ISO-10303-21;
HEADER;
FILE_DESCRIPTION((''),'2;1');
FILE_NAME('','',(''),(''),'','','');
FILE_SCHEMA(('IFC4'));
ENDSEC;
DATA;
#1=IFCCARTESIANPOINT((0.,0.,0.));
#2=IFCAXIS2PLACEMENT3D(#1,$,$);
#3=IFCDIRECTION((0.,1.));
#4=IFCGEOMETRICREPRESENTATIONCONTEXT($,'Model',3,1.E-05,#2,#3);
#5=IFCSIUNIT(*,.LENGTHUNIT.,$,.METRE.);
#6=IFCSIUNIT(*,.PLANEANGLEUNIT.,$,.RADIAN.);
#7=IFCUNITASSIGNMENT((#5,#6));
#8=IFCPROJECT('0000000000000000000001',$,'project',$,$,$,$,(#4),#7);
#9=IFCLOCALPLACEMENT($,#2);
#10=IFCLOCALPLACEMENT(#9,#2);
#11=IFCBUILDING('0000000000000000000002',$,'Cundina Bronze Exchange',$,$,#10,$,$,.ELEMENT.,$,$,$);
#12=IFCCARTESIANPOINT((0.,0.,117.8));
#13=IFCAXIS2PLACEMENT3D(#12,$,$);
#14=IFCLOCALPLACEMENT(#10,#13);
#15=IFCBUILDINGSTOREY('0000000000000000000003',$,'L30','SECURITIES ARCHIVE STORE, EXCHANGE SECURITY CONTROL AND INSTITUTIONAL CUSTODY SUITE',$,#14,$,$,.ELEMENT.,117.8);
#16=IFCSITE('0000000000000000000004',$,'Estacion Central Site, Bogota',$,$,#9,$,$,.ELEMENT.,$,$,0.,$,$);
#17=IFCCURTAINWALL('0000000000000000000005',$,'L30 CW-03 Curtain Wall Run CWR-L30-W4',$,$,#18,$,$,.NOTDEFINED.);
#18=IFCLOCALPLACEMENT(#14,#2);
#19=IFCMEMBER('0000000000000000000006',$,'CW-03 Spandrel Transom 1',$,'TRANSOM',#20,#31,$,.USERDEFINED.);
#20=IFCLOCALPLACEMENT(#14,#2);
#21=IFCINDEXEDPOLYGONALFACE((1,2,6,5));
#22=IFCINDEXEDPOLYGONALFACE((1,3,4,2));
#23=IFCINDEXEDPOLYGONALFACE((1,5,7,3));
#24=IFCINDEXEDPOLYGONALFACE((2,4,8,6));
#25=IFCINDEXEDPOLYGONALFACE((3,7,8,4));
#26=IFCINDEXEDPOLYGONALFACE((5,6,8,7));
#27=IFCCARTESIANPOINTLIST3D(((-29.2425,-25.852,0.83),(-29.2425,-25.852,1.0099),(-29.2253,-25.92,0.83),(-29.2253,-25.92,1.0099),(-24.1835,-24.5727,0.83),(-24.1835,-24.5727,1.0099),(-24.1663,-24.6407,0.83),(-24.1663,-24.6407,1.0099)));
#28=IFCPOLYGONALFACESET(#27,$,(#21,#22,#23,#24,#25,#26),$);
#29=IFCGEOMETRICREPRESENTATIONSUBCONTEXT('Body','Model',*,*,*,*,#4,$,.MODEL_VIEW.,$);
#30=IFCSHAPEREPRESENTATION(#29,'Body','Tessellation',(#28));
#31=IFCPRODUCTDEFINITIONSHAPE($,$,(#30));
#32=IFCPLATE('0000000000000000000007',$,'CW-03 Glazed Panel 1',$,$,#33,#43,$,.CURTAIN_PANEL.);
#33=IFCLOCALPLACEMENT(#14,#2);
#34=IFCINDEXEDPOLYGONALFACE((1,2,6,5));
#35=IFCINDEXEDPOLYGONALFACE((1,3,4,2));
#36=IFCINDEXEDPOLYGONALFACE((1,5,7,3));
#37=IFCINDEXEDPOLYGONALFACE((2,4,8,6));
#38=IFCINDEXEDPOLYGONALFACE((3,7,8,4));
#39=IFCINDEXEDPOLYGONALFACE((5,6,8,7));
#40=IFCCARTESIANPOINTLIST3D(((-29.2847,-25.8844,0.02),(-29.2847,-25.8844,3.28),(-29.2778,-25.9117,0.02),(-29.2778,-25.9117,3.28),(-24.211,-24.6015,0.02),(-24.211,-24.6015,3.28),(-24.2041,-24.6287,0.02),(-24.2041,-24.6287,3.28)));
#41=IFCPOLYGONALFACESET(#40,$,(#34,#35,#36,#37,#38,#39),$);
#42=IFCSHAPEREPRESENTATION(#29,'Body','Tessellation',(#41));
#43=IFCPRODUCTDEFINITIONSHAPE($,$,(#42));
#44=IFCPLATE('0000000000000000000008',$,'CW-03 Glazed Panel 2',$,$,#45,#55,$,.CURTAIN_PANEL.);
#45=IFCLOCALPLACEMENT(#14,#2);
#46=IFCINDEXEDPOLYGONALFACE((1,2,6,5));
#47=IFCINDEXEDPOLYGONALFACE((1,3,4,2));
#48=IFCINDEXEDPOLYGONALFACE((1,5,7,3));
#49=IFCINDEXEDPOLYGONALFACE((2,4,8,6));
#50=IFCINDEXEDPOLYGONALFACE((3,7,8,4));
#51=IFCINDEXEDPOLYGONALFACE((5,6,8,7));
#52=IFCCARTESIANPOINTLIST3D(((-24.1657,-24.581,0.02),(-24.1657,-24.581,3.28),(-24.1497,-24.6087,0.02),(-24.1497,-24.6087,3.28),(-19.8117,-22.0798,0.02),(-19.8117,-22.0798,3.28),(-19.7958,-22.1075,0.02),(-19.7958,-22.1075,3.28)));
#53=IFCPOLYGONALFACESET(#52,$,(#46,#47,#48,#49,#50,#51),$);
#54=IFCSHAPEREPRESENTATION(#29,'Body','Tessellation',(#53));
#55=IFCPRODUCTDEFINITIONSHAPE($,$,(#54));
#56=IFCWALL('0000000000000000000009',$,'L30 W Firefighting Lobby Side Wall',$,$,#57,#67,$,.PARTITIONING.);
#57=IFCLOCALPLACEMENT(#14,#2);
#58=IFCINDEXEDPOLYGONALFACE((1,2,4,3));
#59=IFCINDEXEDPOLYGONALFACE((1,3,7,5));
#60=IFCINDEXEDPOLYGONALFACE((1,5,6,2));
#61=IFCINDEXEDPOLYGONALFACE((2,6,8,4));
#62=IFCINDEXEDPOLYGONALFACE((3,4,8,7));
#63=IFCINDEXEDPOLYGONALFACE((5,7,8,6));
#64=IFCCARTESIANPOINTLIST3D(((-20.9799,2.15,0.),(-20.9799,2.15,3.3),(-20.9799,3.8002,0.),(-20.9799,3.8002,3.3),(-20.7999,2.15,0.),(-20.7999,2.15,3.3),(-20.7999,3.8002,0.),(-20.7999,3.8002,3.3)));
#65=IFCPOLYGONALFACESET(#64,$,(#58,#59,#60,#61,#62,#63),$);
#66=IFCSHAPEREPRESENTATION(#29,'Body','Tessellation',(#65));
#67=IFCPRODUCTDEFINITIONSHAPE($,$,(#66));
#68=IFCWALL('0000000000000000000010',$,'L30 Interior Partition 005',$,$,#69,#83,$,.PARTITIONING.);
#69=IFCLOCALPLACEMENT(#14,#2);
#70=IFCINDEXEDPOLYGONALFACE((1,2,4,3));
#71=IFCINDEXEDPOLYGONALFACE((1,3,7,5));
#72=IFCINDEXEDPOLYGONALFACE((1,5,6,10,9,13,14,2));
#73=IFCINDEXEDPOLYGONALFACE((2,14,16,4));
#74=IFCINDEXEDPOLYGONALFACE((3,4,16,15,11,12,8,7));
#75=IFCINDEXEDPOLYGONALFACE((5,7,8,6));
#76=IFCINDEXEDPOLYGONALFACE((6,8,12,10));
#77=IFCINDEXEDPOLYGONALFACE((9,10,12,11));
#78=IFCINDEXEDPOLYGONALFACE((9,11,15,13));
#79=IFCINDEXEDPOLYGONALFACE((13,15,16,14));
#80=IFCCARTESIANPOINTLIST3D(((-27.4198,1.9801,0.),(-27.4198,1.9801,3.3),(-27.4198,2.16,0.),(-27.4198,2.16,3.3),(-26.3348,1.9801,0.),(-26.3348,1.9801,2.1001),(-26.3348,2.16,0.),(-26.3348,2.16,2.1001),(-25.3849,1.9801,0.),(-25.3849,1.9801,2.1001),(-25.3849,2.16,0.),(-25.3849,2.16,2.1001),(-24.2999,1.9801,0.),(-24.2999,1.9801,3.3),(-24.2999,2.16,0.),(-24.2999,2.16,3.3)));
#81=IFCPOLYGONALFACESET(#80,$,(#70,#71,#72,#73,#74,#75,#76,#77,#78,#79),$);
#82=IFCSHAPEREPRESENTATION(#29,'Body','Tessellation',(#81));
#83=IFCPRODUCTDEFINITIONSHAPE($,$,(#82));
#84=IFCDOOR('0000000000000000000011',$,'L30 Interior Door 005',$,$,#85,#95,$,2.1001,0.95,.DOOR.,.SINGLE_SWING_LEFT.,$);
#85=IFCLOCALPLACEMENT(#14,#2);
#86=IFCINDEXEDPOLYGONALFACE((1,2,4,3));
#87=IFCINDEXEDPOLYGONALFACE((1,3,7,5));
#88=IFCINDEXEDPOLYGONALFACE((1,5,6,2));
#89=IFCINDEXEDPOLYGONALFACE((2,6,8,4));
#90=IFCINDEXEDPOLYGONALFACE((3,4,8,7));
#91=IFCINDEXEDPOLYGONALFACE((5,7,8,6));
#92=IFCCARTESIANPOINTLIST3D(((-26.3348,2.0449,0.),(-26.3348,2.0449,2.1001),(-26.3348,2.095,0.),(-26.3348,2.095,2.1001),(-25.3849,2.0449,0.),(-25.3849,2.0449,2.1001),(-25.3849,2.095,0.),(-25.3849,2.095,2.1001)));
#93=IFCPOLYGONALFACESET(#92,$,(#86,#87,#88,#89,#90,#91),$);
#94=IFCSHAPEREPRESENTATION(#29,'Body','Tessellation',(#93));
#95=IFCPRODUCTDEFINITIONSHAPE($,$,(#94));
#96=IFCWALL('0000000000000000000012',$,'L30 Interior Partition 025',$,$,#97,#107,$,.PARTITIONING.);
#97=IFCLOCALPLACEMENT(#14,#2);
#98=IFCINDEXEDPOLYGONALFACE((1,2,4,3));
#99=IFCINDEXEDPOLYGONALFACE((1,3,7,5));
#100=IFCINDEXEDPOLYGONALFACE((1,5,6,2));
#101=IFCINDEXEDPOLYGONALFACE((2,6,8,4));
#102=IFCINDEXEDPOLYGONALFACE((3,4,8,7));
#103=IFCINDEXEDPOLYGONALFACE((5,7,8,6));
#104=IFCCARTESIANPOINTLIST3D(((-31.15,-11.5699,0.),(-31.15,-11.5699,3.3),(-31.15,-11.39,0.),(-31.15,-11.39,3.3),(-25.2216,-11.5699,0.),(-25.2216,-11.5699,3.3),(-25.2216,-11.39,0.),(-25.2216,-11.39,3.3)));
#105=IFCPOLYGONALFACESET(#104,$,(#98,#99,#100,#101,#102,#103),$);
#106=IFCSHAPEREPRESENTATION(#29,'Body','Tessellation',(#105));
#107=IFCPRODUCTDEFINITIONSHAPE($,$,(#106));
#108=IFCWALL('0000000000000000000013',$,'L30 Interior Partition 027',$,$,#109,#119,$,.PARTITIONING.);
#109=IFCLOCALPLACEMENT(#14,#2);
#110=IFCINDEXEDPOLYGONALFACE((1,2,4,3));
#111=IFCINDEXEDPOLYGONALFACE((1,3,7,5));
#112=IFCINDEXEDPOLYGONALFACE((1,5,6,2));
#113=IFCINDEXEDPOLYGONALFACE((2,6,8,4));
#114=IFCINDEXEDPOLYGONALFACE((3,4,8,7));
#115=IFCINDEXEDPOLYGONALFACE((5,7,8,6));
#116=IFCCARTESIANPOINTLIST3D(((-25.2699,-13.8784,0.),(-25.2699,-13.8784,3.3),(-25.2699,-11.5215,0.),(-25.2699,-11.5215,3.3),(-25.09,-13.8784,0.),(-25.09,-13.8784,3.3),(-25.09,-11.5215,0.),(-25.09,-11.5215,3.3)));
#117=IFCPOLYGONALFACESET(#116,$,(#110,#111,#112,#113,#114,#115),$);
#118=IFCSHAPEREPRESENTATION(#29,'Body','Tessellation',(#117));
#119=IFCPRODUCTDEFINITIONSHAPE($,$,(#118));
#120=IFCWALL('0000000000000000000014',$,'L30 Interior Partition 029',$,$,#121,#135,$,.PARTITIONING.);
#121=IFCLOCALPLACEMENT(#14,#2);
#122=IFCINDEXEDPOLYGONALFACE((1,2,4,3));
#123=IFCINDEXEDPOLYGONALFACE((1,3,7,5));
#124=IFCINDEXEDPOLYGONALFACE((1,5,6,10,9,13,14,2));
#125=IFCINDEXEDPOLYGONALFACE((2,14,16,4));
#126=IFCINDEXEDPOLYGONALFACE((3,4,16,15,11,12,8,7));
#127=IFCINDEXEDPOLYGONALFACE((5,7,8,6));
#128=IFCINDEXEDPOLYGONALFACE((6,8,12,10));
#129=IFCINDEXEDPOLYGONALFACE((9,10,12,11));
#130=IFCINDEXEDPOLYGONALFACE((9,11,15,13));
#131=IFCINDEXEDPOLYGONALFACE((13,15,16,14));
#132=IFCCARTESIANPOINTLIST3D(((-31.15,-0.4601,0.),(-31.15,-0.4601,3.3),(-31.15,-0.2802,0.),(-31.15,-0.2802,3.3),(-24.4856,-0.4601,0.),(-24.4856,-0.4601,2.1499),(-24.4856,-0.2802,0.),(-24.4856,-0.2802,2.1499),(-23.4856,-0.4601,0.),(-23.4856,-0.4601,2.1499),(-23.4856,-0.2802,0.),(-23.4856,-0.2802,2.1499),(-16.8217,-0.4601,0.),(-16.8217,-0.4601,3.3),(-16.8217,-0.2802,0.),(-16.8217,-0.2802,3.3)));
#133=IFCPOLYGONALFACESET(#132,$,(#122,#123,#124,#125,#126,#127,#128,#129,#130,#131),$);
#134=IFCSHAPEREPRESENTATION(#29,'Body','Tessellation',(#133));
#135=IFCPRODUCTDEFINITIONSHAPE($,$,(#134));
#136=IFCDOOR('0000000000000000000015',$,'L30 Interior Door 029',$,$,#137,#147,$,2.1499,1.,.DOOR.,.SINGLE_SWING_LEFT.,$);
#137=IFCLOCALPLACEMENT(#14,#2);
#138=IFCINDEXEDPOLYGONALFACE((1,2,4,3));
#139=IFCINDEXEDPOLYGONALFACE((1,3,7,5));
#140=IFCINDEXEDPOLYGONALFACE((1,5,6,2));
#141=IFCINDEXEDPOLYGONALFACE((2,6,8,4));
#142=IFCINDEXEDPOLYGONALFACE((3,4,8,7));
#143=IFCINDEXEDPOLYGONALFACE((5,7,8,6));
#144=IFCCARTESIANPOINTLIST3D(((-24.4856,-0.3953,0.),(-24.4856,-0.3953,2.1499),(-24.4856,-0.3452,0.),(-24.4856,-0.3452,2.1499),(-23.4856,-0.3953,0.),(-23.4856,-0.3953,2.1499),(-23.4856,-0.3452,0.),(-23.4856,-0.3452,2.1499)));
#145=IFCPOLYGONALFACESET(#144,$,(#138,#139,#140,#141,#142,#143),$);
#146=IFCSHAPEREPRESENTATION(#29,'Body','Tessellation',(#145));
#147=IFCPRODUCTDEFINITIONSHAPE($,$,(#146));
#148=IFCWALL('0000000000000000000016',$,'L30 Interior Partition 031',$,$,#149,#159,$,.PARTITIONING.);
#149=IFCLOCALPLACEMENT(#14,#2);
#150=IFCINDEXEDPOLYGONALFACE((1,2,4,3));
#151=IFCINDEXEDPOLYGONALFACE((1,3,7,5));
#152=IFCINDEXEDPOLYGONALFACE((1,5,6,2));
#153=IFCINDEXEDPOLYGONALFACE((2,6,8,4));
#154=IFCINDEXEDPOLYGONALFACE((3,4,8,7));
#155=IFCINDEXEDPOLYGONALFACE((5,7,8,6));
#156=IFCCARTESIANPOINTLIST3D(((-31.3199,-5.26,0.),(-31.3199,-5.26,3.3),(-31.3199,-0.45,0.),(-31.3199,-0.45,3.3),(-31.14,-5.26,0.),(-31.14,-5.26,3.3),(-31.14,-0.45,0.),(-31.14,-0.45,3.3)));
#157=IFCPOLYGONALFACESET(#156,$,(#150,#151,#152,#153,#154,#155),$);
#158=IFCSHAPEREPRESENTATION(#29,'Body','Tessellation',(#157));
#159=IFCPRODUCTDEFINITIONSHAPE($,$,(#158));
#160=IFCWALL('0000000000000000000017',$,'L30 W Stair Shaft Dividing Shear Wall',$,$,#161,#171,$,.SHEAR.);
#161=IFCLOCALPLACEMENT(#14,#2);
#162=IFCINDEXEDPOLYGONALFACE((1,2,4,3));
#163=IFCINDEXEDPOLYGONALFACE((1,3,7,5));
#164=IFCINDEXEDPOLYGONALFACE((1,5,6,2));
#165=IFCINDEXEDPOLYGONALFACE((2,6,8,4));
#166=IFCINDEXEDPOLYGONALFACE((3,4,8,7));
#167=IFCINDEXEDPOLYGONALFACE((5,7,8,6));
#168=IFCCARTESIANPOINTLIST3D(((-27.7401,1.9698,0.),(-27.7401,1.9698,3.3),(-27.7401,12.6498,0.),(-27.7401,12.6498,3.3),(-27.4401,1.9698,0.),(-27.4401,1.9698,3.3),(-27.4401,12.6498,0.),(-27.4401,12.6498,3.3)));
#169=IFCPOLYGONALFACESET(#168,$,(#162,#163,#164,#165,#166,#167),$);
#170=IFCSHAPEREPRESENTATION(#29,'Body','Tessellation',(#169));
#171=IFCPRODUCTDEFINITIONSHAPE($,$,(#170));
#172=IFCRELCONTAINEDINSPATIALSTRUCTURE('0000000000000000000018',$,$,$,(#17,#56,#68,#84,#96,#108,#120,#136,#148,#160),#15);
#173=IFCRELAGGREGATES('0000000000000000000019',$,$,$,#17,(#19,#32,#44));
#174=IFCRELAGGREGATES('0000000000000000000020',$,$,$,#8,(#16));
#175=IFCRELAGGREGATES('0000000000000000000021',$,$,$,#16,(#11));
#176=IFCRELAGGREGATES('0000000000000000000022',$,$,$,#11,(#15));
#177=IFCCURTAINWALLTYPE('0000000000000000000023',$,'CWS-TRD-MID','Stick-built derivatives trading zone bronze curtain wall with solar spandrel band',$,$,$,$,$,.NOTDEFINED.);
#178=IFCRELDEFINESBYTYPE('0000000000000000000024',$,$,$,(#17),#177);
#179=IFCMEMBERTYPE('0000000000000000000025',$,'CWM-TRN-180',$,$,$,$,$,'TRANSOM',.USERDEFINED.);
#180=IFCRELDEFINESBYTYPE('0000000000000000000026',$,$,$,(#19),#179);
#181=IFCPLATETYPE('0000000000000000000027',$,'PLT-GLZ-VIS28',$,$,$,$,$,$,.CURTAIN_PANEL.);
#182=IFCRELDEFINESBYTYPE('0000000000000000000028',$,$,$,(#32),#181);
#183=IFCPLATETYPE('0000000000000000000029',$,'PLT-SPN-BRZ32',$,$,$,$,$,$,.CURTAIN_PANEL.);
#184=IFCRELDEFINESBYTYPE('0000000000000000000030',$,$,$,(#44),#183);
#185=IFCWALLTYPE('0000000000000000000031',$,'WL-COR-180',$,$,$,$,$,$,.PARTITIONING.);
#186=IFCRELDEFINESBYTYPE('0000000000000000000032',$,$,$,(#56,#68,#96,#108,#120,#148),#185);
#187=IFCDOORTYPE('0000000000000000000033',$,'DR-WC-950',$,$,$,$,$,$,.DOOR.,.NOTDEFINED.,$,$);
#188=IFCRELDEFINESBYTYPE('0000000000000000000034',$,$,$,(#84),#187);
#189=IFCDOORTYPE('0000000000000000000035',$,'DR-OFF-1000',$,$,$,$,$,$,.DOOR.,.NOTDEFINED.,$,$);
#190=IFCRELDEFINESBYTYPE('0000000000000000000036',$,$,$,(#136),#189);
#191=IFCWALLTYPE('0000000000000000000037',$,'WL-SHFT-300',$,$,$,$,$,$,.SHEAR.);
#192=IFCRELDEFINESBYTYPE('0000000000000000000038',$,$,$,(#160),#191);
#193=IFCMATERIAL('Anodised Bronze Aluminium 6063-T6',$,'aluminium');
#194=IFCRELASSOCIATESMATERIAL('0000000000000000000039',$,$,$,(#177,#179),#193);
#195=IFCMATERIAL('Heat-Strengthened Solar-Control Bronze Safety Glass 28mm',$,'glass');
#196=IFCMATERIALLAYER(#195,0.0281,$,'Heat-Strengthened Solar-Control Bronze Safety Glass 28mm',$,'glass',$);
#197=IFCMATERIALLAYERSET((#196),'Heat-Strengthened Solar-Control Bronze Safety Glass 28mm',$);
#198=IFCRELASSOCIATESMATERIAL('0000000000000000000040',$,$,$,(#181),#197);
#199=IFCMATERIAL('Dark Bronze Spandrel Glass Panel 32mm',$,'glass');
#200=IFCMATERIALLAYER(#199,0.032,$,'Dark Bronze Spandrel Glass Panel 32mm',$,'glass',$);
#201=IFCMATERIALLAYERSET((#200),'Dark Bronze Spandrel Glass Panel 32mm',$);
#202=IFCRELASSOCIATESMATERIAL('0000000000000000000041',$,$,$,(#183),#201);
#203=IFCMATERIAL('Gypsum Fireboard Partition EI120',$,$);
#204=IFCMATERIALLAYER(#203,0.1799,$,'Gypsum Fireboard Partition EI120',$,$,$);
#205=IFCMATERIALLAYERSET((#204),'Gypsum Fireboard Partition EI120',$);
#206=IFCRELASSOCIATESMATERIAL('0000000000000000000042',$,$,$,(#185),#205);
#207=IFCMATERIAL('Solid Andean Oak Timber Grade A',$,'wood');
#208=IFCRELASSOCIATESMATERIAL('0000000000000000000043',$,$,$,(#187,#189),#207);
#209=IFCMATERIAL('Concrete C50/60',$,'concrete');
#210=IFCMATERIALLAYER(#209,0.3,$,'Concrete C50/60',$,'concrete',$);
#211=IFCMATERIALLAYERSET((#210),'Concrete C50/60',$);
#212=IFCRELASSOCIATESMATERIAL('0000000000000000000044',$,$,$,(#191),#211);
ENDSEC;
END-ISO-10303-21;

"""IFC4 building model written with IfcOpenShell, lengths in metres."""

from ifc_helpers import new_model, si_unit, direction, frame, frame_2d, origin, origin_2d, place, context, subcontext, project, spatial, rectangle, extrude, material, layer, layer_set, material_profile, profile_set, type_object, element, fill, aggregate, save


model = new_model("IFC4")

# Units and contexts
model_context = context("Model", 3, precision=1e-05, world=origin(), true_north=direction((0.0, 1.0)))
body_context = subcontext(model_context, "Body", "Model", "MODEL_VIEW")
ifc_project = project(units=[si_unit("LENGTHUNIT", "METRE"), si_unit("PLANEANGLEUNIT", "RADIAN")], contexts=[model_context])

# Site, building, storey
site_placement = place(None, origin())
site = spatial("IfcSite", under=ifc_project, at=site_placement, Name="Estacion Central Site, Bogota", CompositionType="ELEMENT", RefElevation=0.0)
building_placement = place(site_placement, origin())
building = spatial("IfcBuilding", under=site, at=building_placement, Name="Cundina Bronze Exchange", CompositionType="ELEMENT")
storey_placement = place(building_placement, frame((0.0, 0.0, 117.8)))
storey = spatial("IfcBuildingStorey", under=building, at=storey_placement, Name="L30", Description="SECURITIES ARCHIVE STORE, EXCHANGE SECURITY CONTROL AND INSTITUTIONAL CUSTODY SUITE", CompositionType="ELEMENT", Elevation=117.8)

# Shared definitions
ifc_material_1 = material(Name="Anodised Bronze Aluminium 6063-T6", Category="aluminium")
curtain_wall_type = type_object("IfcCurtainWallType", Name="CWS-TRD-MID", Description="Stick-built derivatives trading zone bronze curtain wall with solar spandrel band", PredefinedType="NOTDEFINED", material=ifc_material_1)

# Curtain wall, member, plates
curtain_wall_1_placement = place(storey_placement, origin())
curtain_wall_1 = element("IfcCurtainWall", 1, at=curtain_wall_1_placement, inside=storey, type_object=curtain_wall_type, Name="L30 CW-03 Curtain Wall Run CWR-L30-W4", PredefinedType="NOTDEFINED")
ifc_material_profile_1 = material_profile(ifc_material_1, rectangle(XDim=0.0701, YDim=0.1799, at=origin_2d()), Name="AL70X180", Category="aluminium")
ifc_profile_set_1 = profile_set([ifc_material_profile_1], Name="Anodised Bronze Aluminium 6063-T6")
member_type_1 = type_object("IfcMemberType", Name="CWM-TRN-180", ElementType="TRANSOM", PredefinedType="USERDEFINED", material=ifc_profile_set_1)
member_1_placement = place(storey_placement, frame((-29.2339, -25.886, 0.9199), z_axis=(0.969484, 0.245155, 0.0), x_axis=(-0.245155, 0.969484, 0.0)))
member_1 = element("IfcMember", 2, at=member_1_placement, type_object=member_type_1, Name="CW-03 Spandrel Transom 1", ObjectType="TRANSOM", PredefinedType="USERDEFINED", context=body_context, shape_type="SweptSolid", body=[
    extrude(rectangle(XDim=0.0701, YDim=0.1799, at=origin_2d()), origin(), (0.0, 0.0, 1.0), 5.2183),
])
ifc_material_2 = material(Name="Heat-Strengthened Solar-Control Bronze Safety Glass 28mm", Category="glass")
ifc_layer_1 = layer(ifc_material_2, 0.0281, Name="Heat-Strengthened Solar-Control Bronze Safety Glass 28mm", Category="glass")
ifc_layer_set_1 = layer_set([ifc_layer_1], Name="Heat-Strengthened Solar-Control Bronze Safety Glass 28mm")
plate_type_1 = type_object("IfcPlateType", Name="PLT-GLZ-VIS28", PredefinedType="CURTAIN_PANEL", material=ifc_layer_set_1)
plate_1_placement = place(storey_placement, frame((-26.7444, -25.2566, 0.02), z_axis=(0.0, 0.0, 1.0), x_axis=(0.969488, 0.245138, 0.0)))
plate_1 = element("IfcPlate", 3, at=plate_1_placement, type_object=plate_type_1, Name="CW-03 Glazed Panel 1", PredefinedType="CURTAIN_PANEL", context=body_context, shape_type="SweptSolid", body=[
    extrude(rectangle(XDim=5.2334, YDim=0.0281, at=origin_2d()), origin(), (0.0, 0.0, 1.0), 3.26),
])
ifc_material_3 = material(Name="Dark Bronze Spandrel Glass Panel 32mm", Category="glass")
ifc_layer_2 = layer(ifc_material_3, 0.032, Name="Dark Bronze Spandrel Glass Panel 32mm", Category="glass")
ifc_layer_set_2 = layer_set([ifc_layer_2], Name="Dark Bronze Spandrel Glass Panel 32mm")
plate_type_2 = type_object("IfcPlateType", Name="PLT-SPN-BRZ32", PredefinedType="CURTAIN_PANEL", material=ifc_layer_set_2)
plate_2_placement = place(storey_placement, frame((-21.9807, -23.3442, 0.02), z_axis=(0.0, 0.0, 1.0), x_axis=(0.867105, 0.498125, 0.0)))
plate_2 = element("IfcPlate", 4, at=plate_2_placement, type_object=plate_type_2, Name="CW-03 Glazed Panel 2", PredefinedType="CURTAIN_PANEL", context=body_context, shape_type="SweptSolid", body=[
    extrude(rectangle(XDim=5.0212, YDim=0.032, at=origin_2d()), origin(), (0.0, 0.0, 1.0), 3.26),
])
aggregate(curtain_wall_1, [member_1, plate_1, plate_2])

# Wall
ifc_material_4 = material(Name="Gypsum Fireboard Partition EI120")
ifc_layer_3 = layer(ifc_material_4, 0.1799, Name="Gypsum Fireboard Partition EI120")
ifc_layer_set_3 = layer_set([ifc_layer_3], Name="Gypsum Fireboard Partition EI120")
wall_type_1 = type_object("IfcWallType", Name="WL-COR-180", PredefinedType="PARTITIONING", material=ifc_layer_set_3)
wall_1_placement = place(storey_placement, frame((-20.8899, 2.1499, 0.0), z_axis=(0.0, 0.0, 1.0), x_axis=(0.0, 1.0, 0.0)))
element("IfcWall", 5, at=wall_1_placement, inside=storey, type_object=wall_type_1, Name="L30 W Firefighting Lobby Side Wall", PredefinedType="PARTITIONING", context=body_context, shape_type="SweptSolid", body=[
    extrude(rectangle(XDim=1.6501, YDim=0.1799, at=frame_2d((0.8252, 0.0))), origin(), (0.0, 0.0, 1.0), 3.3),
])

# Wall, opening, door
wall_2_placement = place(storey_placement, frame((-27.4199, 2.0701, 0.0), z_axis=(0.0, 0.0, 1.0), x_axis=(1.0, 0.0, 0.0)))
wall_2 = element("IfcWall", 6, at=wall_2_placement, inside=storey, type_object=wall_type_1, Name="L30 Interior Partition 005", PredefinedType="PARTITIONING", context=body_context, shape_type="SweptSolid", body=[
    extrude(rectangle(XDim=3.1199, YDim=0.1799, at=frame_2d((1.5601, 0.0))), origin(), (0.0, 0.0, 1.0), 3.3),
])
opening_1_placement = place(wall_2_placement, frame((1.085, 0.0, 0.0)))
opening_1 = element("IfcOpeningElement", 7, at=opening_1_placement, cuts=wall_2, PredefinedType="OPENING", context=body_context, shape_type="SweptSolid", body=[
    extrude(rectangle(XDim=0.95, YDim=2.1001, at=frame_2d((0.4751, 1.05))), frame((0.0, 0.0999, 0.0), z_axis=(0.0, -1.0, 0.0), x_axis=(1.0, 0.0, 0.0)), (0.0, 0.0, 1.0), 0.2),
])
ifc_material_5 = material(Name="Solid Andean Oak Timber Grade A", Category="wood")
door_type_1 = type_object("IfcDoorType", Name="DR-WC-950", OperationType="NOTDEFINED", PredefinedType="DOOR", material=ifc_material_5)
door_1_placement = place(opening_1_placement, origin())
door_1 = element("IfcDoor", 8, at=door_1_placement, inside=storey, type_object=door_type_1, Name="L30 Interior Door 005", OperationType="SINGLE_SWING_LEFT", OverallHeight=2.1001, OverallWidth=0.95, PredefinedType="DOOR", context=body_context, shape_type="SweptSolid", body=[
    extrude(rectangle(XDim=0.95, YDim=2.1001, at=frame_2d((0.4751, 1.05))), frame((0.0, 0.0249, 0.0), z_axis=(0.0, -1.0, 0.0), x_axis=(1.0, 0.0, 0.0)), (0.0, 0.0, 1.0), 0.05),
])
fill(opening_1, door_1)

# Walls
wall_3_placement = place(storey_placement, frame((-25.2214, -11.48, 0.0), z_axis=(0.0, 0.0, 1.0), x_axis=(-1.0, 0.0, 0.0)))
element("IfcWall", 9, at=wall_3_placement, inside=storey, type_object=wall_type_1, Name="L30 Interior Partition 025", PredefinedType="PARTITIONING", context=body_context, shape_type="SweptSolid", body=[
    extrude(rectangle(XDim=5.9285, YDim=0.1799, at=frame_2d((2.9644, 0.0))), origin(), (0.0, 0.0, 1.0), 3.3),
])
wall_4_placement = place(storey_placement, frame((-25.1799, -13.8784, 0.0), z_axis=(0.0, 0.0, 1.0), x_axis=(0.0, 1.0, 0.0)))
element("IfcWall", 10, at=wall_4_placement, inside=storey, type_object=wall_type_1, Name="L30 Interior Partition 027", PredefinedType="PARTITIONING", context=body_context, shape_type="SweptSolid", body=[
    extrude(rectangle(XDim=2.3569, YDim=0.1799, at=frame_2d((1.1785, 0.0))), origin(), (0.0, 0.0, 1.0), 3.3),
])

# Wall, opening, door
wall_5_placement = place(storey_placement, frame((-31.1499, -0.3701, 0.0), z_axis=(0.0, 0.0, 1.0), x_axis=(1.0, 0.0, 0.0)))
wall_5 = element("IfcWall", 11, at=wall_5_placement, inside=storey, type_object=wall_type_1, Name="L30 Interior Partition 029", PredefinedType="PARTITIONING", context=body_context, shape_type="SweptSolid", body=[
    extrude(rectangle(XDim=14.3284, YDim=0.1799, at=frame_2d((7.1641, 0.0))), origin(), (0.0, 0.0, 1.0), 3.3),
])
opening_2_placement = place(wall_5_placement, frame((6.6643, 0.0, 0.0)))
opening_2 = element("IfcOpeningElement", 12, at=opening_2_placement, cuts=wall_5, PredefinedType="OPENING", context=body_context, shape_type="SweptSolid", body=[
    extrude(rectangle(XDim=1.0, YDim=2.1499, at=frame_2d((0.5, 1.075))), frame((0.0, 0.0999, 0.0), z_axis=(0.0, -1.0, 0.0), x_axis=(1.0, 0.0, 0.0)), (0.0, 0.0, 1.0), 0.2),
])
door_type_2 = type_object("IfcDoorType", Name="DR-OFF-1000", OperationType="NOTDEFINED", PredefinedType="DOOR", material=ifc_material_5)
door_2_placement = place(opening_2_placement, origin())
door_2 = element("IfcDoor", 13, at=door_2_placement, inside=storey, type_object=door_type_2, Name="L30 Interior Door 029", OperationType="SINGLE_SWING_LEFT", OverallHeight=2.1499, OverallWidth=1.0, PredefinedType="DOOR", context=body_context, shape_type="SweptSolid", body=[
    extrude(rectangle(XDim=1.0, YDim=2.1499, at=frame_2d((0.5, 1.075))), frame((0.0, 0.0249, 0.0), z_axis=(0.0, -1.0, 0.0), x_axis=(1.0, 0.0, 0.0)), (0.0, 0.0, 1.0), 0.05),
])
fill(opening_2, door_2)

# Walls
wall_6_placement = place(storey_placement, frame((-31.23, -5.26, 0.0), z_axis=(0.0, 0.0, 1.0), x_axis=(0.0, 1.0, 0.0)))
element("IfcWall", 14, at=wall_6_placement, inside=storey, type_object=wall_type_1, Name="L30 Interior Partition 031", PredefinedType="PARTITIONING", context=body_context, shape_type="SweptSolid", body=[
    extrude(rectangle(XDim=4.8101, YDim=0.1799, at=frame_2d((2.405, 0.0))), origin(), (0.0, 0.0, 1.0), 3.3),
])
ifc_material_6 = material(Name="Concrete C50/60", Category="concrete")
ifc_layer_4 = layer(ifc_material_6, 0.3, Name="Concrete C50/60", Category="concrete")
ifc_layer_set_4 = layer_set([ifc_layer_4], Name="Concrete C50/60")
wall_type_2 = type_object("IfcWallType", Name="WL-SHFT-300", PredefinedType="SHEAR", material=ifc_layer_set_4)
for number, where, z_axis, x_axis, name in (
    (15, (-27.5901, 1.97, 0.0), (0.0, 0.0, 1.0), (0.0, 1.0, 0.0), "L30 W Stair Shaft Dividing Shear Wall"),
):
    element("IfcWall", number, at=place(storey_placement, frame(where, z_axis=z_axis, x_axis=x_axis)), inside=storey, type_object=wall_type_2, Name=name, PredefinedType="SHEAR", context=body_context, shape_type="SweptSolid", body=[
        extrude(rectangle(XDim=10.6799, YDim=0.3, at=frame_2d((5.3398, 0.0))), origin(), (0.0, 0.0, 1.0), 3.3),
    ])

save(model, "model.ifc")
